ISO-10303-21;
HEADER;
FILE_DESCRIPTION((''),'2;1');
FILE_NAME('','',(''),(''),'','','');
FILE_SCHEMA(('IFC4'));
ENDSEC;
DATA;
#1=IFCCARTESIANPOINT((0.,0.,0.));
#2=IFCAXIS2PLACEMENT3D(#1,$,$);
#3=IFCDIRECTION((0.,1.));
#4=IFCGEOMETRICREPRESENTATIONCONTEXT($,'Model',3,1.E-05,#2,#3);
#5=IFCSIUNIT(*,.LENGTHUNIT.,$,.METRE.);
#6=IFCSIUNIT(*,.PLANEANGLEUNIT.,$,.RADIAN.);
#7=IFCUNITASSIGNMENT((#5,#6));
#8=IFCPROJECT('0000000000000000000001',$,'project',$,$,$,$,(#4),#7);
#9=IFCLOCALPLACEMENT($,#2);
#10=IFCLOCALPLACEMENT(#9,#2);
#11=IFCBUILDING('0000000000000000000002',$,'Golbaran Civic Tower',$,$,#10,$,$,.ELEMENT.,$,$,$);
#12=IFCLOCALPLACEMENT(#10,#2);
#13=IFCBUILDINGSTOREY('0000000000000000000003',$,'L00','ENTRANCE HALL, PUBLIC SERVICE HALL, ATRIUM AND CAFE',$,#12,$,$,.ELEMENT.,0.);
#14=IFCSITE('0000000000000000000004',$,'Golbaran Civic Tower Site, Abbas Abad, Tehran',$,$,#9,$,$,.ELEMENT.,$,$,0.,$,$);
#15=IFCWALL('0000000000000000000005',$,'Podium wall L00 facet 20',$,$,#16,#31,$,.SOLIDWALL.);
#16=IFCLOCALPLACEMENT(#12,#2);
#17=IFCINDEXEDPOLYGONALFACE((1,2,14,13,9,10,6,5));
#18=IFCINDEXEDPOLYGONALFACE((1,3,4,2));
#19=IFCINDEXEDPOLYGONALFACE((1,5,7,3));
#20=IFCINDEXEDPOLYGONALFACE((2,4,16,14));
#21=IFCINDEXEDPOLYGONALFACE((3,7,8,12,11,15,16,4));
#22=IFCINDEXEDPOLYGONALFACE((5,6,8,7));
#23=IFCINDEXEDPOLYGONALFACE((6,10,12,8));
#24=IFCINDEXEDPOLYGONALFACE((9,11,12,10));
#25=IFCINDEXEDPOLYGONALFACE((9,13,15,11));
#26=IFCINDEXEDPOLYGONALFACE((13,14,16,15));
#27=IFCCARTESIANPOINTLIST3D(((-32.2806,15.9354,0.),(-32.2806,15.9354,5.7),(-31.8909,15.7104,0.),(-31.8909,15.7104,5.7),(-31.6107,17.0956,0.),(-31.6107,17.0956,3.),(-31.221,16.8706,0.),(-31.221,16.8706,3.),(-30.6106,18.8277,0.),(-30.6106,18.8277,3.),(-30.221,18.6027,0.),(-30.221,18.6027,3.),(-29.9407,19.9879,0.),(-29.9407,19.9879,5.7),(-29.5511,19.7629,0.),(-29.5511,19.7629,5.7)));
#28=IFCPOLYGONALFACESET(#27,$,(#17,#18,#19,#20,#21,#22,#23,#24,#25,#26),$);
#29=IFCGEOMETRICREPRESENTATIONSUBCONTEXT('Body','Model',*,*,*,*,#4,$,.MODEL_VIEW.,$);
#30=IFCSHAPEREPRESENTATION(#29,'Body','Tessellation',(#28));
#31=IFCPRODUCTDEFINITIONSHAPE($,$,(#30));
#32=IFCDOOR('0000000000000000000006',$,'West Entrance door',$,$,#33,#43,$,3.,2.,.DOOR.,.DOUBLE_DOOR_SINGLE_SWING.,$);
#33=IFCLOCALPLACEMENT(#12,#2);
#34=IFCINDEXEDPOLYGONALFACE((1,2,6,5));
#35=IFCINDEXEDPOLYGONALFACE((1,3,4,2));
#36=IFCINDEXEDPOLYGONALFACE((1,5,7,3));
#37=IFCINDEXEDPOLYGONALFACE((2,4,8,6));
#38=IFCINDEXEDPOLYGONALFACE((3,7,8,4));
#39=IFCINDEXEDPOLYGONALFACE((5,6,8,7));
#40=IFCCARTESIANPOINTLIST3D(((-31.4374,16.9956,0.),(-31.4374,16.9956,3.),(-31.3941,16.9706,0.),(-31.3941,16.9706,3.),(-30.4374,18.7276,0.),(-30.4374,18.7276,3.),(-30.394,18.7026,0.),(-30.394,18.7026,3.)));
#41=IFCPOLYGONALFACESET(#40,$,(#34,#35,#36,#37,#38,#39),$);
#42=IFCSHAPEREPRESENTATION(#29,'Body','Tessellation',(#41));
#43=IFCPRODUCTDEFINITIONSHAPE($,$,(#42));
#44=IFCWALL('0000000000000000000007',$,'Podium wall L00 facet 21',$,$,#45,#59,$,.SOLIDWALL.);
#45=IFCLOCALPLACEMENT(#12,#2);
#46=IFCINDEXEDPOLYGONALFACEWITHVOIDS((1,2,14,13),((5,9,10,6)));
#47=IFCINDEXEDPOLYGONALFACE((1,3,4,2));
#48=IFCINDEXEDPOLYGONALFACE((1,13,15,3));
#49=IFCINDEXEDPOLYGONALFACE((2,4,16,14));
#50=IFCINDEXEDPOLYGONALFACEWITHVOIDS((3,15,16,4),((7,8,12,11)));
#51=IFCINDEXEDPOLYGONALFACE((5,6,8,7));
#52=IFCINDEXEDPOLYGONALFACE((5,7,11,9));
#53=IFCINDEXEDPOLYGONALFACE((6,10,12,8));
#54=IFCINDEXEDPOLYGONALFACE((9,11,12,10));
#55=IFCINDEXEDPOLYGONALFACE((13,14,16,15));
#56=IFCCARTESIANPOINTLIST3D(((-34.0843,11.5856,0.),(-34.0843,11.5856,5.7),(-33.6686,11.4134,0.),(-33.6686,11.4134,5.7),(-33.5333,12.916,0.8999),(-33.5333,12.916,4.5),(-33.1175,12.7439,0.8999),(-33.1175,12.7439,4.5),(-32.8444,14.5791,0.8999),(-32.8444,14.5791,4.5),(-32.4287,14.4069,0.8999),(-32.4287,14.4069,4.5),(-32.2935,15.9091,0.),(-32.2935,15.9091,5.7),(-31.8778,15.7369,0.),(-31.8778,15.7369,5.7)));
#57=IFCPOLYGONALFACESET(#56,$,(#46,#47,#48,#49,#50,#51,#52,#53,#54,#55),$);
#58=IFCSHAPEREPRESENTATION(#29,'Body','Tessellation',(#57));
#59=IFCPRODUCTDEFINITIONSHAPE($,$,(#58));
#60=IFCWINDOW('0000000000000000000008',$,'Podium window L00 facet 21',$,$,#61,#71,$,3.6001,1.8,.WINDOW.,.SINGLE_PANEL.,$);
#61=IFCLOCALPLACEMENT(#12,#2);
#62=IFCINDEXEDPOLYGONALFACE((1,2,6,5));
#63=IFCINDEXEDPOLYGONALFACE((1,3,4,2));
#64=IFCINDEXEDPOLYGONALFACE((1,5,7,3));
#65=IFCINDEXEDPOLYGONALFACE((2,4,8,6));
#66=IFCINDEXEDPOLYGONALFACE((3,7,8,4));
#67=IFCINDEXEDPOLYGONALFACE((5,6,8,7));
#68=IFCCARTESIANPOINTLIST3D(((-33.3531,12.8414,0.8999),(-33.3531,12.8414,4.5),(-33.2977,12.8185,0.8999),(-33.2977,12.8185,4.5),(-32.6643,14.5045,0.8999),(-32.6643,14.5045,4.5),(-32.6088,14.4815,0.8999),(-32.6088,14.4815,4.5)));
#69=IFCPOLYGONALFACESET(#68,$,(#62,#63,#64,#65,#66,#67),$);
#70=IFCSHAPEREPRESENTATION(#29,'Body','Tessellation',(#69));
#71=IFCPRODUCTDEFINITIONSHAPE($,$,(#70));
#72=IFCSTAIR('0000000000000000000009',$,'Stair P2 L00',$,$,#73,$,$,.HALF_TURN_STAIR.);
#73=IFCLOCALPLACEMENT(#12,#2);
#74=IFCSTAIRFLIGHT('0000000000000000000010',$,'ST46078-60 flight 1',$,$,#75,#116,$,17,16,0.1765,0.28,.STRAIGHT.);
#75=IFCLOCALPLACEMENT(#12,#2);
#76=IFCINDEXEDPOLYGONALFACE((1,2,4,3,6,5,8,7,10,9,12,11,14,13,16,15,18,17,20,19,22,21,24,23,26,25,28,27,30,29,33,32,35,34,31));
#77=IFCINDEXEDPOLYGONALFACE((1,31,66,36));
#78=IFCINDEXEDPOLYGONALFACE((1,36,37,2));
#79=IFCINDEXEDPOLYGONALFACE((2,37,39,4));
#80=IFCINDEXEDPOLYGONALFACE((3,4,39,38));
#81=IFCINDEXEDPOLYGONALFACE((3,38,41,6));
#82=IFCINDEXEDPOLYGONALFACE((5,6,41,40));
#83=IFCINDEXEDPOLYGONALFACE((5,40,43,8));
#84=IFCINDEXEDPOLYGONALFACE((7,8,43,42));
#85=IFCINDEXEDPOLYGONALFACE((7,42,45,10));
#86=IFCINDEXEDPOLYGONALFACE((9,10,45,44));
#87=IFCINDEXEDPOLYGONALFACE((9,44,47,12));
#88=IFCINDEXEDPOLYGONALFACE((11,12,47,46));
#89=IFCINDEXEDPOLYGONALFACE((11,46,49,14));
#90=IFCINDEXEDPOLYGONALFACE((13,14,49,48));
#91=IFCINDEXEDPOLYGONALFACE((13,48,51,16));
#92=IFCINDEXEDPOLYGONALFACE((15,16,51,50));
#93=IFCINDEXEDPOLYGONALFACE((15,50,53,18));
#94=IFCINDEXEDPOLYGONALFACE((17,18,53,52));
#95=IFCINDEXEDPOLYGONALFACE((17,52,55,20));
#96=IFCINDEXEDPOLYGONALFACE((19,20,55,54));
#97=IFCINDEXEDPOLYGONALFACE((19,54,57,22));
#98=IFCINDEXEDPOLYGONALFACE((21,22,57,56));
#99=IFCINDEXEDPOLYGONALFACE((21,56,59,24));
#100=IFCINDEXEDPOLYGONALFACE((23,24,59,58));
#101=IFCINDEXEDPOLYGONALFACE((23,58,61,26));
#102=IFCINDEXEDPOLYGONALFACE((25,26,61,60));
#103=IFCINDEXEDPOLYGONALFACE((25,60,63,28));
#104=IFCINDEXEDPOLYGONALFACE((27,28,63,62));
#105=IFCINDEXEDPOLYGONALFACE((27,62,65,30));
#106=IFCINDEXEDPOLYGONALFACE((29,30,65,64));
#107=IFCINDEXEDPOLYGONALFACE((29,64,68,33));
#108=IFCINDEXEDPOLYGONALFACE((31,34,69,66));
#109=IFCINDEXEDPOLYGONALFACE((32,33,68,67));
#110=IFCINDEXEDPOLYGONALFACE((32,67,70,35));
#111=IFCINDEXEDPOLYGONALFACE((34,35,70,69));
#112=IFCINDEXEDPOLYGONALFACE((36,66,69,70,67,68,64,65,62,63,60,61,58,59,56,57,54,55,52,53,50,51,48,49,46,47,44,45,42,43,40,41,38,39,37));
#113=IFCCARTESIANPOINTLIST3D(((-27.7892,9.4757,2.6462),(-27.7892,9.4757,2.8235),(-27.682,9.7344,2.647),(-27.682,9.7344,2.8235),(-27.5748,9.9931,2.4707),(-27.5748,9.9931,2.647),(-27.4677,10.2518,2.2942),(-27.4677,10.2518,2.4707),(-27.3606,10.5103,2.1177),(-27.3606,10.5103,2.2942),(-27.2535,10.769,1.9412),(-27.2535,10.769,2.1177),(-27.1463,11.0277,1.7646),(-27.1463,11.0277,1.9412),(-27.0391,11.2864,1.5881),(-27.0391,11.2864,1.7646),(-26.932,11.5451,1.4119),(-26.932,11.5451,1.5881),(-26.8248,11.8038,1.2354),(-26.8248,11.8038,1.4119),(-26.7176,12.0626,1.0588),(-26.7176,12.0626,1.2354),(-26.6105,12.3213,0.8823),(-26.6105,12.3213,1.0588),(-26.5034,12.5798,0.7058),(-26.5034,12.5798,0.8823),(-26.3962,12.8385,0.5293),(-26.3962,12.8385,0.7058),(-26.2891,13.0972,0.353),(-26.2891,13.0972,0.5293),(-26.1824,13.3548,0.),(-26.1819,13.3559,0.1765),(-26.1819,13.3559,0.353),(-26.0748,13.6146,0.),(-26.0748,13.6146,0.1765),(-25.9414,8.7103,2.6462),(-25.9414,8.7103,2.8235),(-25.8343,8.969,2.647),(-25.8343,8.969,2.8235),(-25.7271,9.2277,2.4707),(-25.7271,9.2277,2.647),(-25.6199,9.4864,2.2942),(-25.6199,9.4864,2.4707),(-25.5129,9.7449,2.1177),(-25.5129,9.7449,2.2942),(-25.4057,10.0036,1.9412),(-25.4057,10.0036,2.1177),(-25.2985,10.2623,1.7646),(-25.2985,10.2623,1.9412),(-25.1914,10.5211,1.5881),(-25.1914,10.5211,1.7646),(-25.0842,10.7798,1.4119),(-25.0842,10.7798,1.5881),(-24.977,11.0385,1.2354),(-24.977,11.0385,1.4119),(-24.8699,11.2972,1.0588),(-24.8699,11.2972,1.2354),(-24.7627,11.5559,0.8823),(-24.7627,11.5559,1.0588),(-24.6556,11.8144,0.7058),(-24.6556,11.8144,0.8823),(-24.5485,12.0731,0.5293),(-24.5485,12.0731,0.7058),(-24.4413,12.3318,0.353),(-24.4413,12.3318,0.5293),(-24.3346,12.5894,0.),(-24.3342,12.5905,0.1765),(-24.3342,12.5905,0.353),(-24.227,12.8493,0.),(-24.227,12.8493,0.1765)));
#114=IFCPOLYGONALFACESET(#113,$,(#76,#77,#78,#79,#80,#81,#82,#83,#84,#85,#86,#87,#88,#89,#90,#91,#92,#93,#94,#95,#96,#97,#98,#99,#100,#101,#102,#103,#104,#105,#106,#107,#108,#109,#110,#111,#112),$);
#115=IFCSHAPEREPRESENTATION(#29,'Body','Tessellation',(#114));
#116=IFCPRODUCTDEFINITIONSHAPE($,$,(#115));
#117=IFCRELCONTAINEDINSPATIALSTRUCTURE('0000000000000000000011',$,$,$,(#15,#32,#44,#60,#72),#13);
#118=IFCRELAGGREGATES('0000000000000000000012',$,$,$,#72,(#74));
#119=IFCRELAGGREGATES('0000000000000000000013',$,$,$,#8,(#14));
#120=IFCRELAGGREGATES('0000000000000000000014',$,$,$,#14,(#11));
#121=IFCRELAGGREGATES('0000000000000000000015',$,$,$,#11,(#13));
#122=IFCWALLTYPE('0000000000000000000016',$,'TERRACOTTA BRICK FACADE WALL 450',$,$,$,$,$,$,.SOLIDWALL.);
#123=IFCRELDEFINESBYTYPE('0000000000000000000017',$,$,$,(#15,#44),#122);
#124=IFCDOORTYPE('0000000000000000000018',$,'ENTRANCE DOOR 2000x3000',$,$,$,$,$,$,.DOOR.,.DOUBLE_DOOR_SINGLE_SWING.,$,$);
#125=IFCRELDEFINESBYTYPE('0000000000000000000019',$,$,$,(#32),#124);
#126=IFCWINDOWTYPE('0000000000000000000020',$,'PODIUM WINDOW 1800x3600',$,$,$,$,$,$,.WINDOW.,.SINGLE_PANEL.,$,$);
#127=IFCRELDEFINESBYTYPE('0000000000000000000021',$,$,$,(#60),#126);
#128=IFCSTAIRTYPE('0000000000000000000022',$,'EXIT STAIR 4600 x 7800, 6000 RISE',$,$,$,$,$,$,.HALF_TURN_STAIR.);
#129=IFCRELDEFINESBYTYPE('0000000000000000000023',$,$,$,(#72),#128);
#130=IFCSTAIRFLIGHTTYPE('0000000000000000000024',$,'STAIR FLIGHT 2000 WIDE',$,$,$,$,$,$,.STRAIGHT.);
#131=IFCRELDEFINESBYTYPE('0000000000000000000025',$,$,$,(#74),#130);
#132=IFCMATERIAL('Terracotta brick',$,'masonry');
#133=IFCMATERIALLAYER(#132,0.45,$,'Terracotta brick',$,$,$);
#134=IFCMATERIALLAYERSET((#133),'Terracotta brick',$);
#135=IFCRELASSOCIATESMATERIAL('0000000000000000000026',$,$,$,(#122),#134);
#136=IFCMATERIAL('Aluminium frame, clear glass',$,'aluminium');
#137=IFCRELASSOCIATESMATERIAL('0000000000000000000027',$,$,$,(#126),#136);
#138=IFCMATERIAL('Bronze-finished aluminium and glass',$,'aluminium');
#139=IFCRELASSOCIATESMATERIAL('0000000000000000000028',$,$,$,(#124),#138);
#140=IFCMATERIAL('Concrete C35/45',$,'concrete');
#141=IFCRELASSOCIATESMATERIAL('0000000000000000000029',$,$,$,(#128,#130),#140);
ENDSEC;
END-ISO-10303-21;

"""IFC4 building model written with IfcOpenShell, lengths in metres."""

from ifc_helpers import new_model, si_unit, direction, frame, frame_2d, origin, place, context, subcontext, project, spatial, polyline, rectangle, outline, extrude, material, layer, layer_set, type_object, element, fill, aggregate, save


model = new_model("IFC4")

# Units and contexts
model_context = context("Model", 3, precision=1e-05, world=origin(), true_north=direction((0.0, 1.0)))
body_context = subcontext(model_context, "Body", "Model", "MODEL_VIEW")
ifc_project = project(units=[si_unit("LENGTHUNIT", "METRE"), si_unit("PLANEANGLEUNIT", "RADIAN")], contexts=[model_context])

# Site, building, storey
site_placement = place(None, origin())
site = spatial("IfcSite", under=ifc_project, at=site_placement, Name="Golbaran Civic Tower Site, Abbas Abad, Tehran", CompositionType="ELEMENT", RefElevation=0.0)
building_placement = place(site_placement, origin())
building = spatial("IfcBuilding", under=site, at=building_placement, Name="Golbaran Civic Tower", CompositionType="ELEMENT")
storey_placement = place(building_placement, origin())
storey = spatial("IfcBuildingStorey", under=building, at=storey_placement, Name="L00", Description="ENTRANCE HALL, PUBLIC SERVICE HALL, ATRIUM AND CAFE", CompositionType="ELEMENT", Elevation=0.0)

# Shared definitions
ifc_material_1 = material(Name="Terracotta brick", Category="masonry")
ifc_layer_1 = layer(ifc_material_1, 0.45, Name="Terracotta brick")
ifc_layer_set_1 = layer_set([ifc_layer_1], Name="Terracotta brick")
wall_type_1 = type_object("IfcWallType", Name="TERRACOTTA BRICK FACADE WALL 450", PredefinedType="SOLIDWALL", material=ifc_layer_set_1)
ifc_material_2 = material(Name="Aluminium frame, clear glass", Category="aluminium")

# Shared definitions
window_type_1 = type_object("IfcWindowType", Name="PODIUM WINDOW 1800x3600", PartitioningType="SINGLE_PANEL", PredefinedType="WINDOW", material=ifc_material_2)

# Wall, opening, door
wall_1_placement = place(storey_placement, frame((-29.7458, 19.8755, 0.0), z_axis=(0.0, 0.0, 1.0), x_axis=(-0.500022, -0.866013, 0.0)))
wall_1 = element("IfcWall", 1, at=wall_1_placement, inside=storey, type_object=wall_type_1, Name="Podium wall L00 facet 20", PredefinedType="SOLIDWALL", context=body_context, shape_type="SweptSolid", body=[
    extrude(rectangle(XDim=4.6794, YDim=0.45, at=frame_2d((2.3398, 0.0))), origin(), (0.0, 0.0, 1.0), 5.7),
])
opening_1_placement = place(wall_1_placement, frame((1.3398, 0.0, 0.0)))
opening_1 = element("IfcOpeningElement", 2, at=opening_1_placement, cuts=wall_1, PredefinedType="OPENING", context=body_context, shape_type="SweptSolid", body=[
    extrude(rectangle(XDim=2.0, YDim=3.0, at=frame_2d((1.0, 1.5))), frame((0.0, 0.2349, 0.0), z_axis=(0.0, -1.0, 0.0), x_axis=(1.0, 0.0, 0.0)), (0.0, 0.0, 1.0), 0.47),
])
ifc_material_3 = material(Name="Bronze-finished aluminium and glass", Category="aluminium")
door_type_1 = type_object("IfcDoorType", Name="ENTRANCE DOOR 2000x3000", OperationType="DOUBLE_DOOR_SINGLE_SWING", PredefinedType="DOOR", material=ifc_material_3)
door_1_placement = place(opening_1_placement, frame((2.0, 0.0, 0.0), z_axis=(0.0, 0.0, 1.0), x_axis=(-1.0, 0.0, 0.0)))
door_1 = element("IfcDoor", 3, at=door_1_placement, inside=storey, type_object=door_type_1, Name="West Entrance door", OperationType="DOUBLE_DOOR_SINGLE_SWING", OverallHeight=3.0, OverallWidth=2.0, PredefinedType="DOOR", context=body_context, shape_type="SweptSolid", body=[
    extrude(rectangle(XDim=2.0, YDim=3.0, at=frame_2d((1.0, 1.5))), frame((0.0, 0.0249, 0.0), z_axis=(0.0, -1.0, 0.0), x_axis=(1.0, 0.0, 0.0)), (0.0, 0.0, 1.0), 0.05),
])
fill(opening_1, door_1)

# Wall, opening, window
wall_2_placement = place(storey_placement, frame((-32.0857, 15.823, 0.0), z_axis=(0.0, 0.0, 1.0), x_axis=(-0.38267, -0.923885, 0.0)))
wall_2 = element("IfcWall", 4, at=wall_2_placement, inside=storey, type_object=wall_type_1, Name="Podium wall L00 facet 21", PredefinedType="SOLIDWALL", context=body_context, shape_type="SweptSolid", body=[
    extrude(rectangle(XDim=4.6797, YDim=0.45, at=frame_2d((2.3398, 0.0))), origin(), (0.0, 0.0, 1.0), 5.7),
])
opening_2_placement = place(wall_2_placement, frame((1.4397, 0.0, 0.8999)))
opening_2 = element("IfcOpeningElement", 5, at=opening_2_placement, cuts=wall_2, PredefinedType="OPENING", context=body_context, shape_type="SweptSolid", body=[
    extrude(rectangle(XDim=1.8, YDim=3.6001, at=frame_2d((0.8999, 1.8))), frame((0.0, 0.2349, 0.0), z_axis=(0.0, -1.0, 0.0), x_axis=(1.0, 0.0, 0.0)), (0.0, 0.0, 1.0), 0.47),
])
window_1_placement = place(opening_2_placement, origin())
window_1 = element("IfcWindow", 6, at=window_1_placement, inside=storey, type_object=window_type_1, Name="Podium window L00 facet 21", OverallHeight=3.6001, OverallWidth=1.8, PartitioningType="SINGLE_PANEL", PredefinedType="WINDOW", context=body_context, shape_type="SweptSolid", body=[
    extrude(rectangle(XDim=1.8, YDim=3.6001, at=frame_2d((0.8999, 1.8))), frame((0.0, 0.03, 0.0), z_axis=(0.0, -1.0, 0.0), x_axis=(1.0, 0.0, 0.0)), (0.0, 0.0, 1.0), 0.0601),
])
fill(opening_2, window_1)

# Stair, stair flight
ifc_material_4 = material(Name="Concrete C35/45", Category="concrete")
stair_type = type_object("IfcStairType", Name="EXIT STAIR 4600 x 7800, 6000 RISE", PredefinedType="HALF_TURN_STAIR", material=ifc_material_4)
stair_placement = place(storey_placement, origin())
stair = element("IfcStair", 7, at=stair_placement, inside=storey, type_object=stair_type, Name="Stair P2 L00", PredefinedType="HALF_TURN_STAIR")
stair_flight_type = type_object("IfcStairFlightType", Name="STAIR FLIGHT 2000 WIDE", PredefinedType="STRAIGHT", material=ifc_material_4)
stair_flight_placement = place(storey_placement, frame((-25.1509, 13.2319, 0.0), z_axis=(0.0, 0.0, 1.0), x_axis=(-0.382683, -0.92388, 0.0)))
stair_flight = element("IfcStairFlight", 8, at=stair_flight_placement, type_object=stair_flight_type, Name="ST46078-60 flight 1", NumberOfRisers=17, NumberOfTreads=16, PredefinedType="STRAIGHT", RiserHeight=0.1765, TreadLength=0.28, context=body_context, shape_type="SweptSolid", body=[
    extrude(outline(polyline([(0.0, 0.0), (0.0, 0.1765), (0.28, 0.1765), (0.28, 0.353), (0.5601, 0.353), (0.5601, 0.5293), (0.8401, 0.5293), (0.8401, 0.7058), (1.1201, 0.7058), (1.1201, 0.8823), (1.3999, 0.8823), (1.3999, 1.0588), (1.6799, 1.0588), (1.6799, 1.2354), (1.96, 1.2354), (1.96, 1.4119), (2.24, 1.4119), (2.24, 1.5881), (2.52, 1.5881), (2.52, 1.7646), (2.8, 1.7646), (2.8, 1.9412), (3.0801, 1.9412), (3.0801, 2.1177), (3.3601, 2.1177), (3.3601, 2.2942), (3.6399, 2.2942), (3.6399, 2.4707), (3.9199, 2.4707), (3.9199, 2.647), (4.2, 2.647), (4.2, 2.8235), (4.48, 2.8235), (4.48, 3.0), (4.48, 2.6462), (0.2812, 0.0), (0.0, 0.0)])), frame((0.0, 1.0, 0.0), z_axis=(0.0, -1.0, 0.0), x_axis=(1.0, 0.0, 0.0)), (0.0, 0.0, 1.0), 2.0),
])
aggregate(stair, [stair_flight])

save(model, "model.ifc")
